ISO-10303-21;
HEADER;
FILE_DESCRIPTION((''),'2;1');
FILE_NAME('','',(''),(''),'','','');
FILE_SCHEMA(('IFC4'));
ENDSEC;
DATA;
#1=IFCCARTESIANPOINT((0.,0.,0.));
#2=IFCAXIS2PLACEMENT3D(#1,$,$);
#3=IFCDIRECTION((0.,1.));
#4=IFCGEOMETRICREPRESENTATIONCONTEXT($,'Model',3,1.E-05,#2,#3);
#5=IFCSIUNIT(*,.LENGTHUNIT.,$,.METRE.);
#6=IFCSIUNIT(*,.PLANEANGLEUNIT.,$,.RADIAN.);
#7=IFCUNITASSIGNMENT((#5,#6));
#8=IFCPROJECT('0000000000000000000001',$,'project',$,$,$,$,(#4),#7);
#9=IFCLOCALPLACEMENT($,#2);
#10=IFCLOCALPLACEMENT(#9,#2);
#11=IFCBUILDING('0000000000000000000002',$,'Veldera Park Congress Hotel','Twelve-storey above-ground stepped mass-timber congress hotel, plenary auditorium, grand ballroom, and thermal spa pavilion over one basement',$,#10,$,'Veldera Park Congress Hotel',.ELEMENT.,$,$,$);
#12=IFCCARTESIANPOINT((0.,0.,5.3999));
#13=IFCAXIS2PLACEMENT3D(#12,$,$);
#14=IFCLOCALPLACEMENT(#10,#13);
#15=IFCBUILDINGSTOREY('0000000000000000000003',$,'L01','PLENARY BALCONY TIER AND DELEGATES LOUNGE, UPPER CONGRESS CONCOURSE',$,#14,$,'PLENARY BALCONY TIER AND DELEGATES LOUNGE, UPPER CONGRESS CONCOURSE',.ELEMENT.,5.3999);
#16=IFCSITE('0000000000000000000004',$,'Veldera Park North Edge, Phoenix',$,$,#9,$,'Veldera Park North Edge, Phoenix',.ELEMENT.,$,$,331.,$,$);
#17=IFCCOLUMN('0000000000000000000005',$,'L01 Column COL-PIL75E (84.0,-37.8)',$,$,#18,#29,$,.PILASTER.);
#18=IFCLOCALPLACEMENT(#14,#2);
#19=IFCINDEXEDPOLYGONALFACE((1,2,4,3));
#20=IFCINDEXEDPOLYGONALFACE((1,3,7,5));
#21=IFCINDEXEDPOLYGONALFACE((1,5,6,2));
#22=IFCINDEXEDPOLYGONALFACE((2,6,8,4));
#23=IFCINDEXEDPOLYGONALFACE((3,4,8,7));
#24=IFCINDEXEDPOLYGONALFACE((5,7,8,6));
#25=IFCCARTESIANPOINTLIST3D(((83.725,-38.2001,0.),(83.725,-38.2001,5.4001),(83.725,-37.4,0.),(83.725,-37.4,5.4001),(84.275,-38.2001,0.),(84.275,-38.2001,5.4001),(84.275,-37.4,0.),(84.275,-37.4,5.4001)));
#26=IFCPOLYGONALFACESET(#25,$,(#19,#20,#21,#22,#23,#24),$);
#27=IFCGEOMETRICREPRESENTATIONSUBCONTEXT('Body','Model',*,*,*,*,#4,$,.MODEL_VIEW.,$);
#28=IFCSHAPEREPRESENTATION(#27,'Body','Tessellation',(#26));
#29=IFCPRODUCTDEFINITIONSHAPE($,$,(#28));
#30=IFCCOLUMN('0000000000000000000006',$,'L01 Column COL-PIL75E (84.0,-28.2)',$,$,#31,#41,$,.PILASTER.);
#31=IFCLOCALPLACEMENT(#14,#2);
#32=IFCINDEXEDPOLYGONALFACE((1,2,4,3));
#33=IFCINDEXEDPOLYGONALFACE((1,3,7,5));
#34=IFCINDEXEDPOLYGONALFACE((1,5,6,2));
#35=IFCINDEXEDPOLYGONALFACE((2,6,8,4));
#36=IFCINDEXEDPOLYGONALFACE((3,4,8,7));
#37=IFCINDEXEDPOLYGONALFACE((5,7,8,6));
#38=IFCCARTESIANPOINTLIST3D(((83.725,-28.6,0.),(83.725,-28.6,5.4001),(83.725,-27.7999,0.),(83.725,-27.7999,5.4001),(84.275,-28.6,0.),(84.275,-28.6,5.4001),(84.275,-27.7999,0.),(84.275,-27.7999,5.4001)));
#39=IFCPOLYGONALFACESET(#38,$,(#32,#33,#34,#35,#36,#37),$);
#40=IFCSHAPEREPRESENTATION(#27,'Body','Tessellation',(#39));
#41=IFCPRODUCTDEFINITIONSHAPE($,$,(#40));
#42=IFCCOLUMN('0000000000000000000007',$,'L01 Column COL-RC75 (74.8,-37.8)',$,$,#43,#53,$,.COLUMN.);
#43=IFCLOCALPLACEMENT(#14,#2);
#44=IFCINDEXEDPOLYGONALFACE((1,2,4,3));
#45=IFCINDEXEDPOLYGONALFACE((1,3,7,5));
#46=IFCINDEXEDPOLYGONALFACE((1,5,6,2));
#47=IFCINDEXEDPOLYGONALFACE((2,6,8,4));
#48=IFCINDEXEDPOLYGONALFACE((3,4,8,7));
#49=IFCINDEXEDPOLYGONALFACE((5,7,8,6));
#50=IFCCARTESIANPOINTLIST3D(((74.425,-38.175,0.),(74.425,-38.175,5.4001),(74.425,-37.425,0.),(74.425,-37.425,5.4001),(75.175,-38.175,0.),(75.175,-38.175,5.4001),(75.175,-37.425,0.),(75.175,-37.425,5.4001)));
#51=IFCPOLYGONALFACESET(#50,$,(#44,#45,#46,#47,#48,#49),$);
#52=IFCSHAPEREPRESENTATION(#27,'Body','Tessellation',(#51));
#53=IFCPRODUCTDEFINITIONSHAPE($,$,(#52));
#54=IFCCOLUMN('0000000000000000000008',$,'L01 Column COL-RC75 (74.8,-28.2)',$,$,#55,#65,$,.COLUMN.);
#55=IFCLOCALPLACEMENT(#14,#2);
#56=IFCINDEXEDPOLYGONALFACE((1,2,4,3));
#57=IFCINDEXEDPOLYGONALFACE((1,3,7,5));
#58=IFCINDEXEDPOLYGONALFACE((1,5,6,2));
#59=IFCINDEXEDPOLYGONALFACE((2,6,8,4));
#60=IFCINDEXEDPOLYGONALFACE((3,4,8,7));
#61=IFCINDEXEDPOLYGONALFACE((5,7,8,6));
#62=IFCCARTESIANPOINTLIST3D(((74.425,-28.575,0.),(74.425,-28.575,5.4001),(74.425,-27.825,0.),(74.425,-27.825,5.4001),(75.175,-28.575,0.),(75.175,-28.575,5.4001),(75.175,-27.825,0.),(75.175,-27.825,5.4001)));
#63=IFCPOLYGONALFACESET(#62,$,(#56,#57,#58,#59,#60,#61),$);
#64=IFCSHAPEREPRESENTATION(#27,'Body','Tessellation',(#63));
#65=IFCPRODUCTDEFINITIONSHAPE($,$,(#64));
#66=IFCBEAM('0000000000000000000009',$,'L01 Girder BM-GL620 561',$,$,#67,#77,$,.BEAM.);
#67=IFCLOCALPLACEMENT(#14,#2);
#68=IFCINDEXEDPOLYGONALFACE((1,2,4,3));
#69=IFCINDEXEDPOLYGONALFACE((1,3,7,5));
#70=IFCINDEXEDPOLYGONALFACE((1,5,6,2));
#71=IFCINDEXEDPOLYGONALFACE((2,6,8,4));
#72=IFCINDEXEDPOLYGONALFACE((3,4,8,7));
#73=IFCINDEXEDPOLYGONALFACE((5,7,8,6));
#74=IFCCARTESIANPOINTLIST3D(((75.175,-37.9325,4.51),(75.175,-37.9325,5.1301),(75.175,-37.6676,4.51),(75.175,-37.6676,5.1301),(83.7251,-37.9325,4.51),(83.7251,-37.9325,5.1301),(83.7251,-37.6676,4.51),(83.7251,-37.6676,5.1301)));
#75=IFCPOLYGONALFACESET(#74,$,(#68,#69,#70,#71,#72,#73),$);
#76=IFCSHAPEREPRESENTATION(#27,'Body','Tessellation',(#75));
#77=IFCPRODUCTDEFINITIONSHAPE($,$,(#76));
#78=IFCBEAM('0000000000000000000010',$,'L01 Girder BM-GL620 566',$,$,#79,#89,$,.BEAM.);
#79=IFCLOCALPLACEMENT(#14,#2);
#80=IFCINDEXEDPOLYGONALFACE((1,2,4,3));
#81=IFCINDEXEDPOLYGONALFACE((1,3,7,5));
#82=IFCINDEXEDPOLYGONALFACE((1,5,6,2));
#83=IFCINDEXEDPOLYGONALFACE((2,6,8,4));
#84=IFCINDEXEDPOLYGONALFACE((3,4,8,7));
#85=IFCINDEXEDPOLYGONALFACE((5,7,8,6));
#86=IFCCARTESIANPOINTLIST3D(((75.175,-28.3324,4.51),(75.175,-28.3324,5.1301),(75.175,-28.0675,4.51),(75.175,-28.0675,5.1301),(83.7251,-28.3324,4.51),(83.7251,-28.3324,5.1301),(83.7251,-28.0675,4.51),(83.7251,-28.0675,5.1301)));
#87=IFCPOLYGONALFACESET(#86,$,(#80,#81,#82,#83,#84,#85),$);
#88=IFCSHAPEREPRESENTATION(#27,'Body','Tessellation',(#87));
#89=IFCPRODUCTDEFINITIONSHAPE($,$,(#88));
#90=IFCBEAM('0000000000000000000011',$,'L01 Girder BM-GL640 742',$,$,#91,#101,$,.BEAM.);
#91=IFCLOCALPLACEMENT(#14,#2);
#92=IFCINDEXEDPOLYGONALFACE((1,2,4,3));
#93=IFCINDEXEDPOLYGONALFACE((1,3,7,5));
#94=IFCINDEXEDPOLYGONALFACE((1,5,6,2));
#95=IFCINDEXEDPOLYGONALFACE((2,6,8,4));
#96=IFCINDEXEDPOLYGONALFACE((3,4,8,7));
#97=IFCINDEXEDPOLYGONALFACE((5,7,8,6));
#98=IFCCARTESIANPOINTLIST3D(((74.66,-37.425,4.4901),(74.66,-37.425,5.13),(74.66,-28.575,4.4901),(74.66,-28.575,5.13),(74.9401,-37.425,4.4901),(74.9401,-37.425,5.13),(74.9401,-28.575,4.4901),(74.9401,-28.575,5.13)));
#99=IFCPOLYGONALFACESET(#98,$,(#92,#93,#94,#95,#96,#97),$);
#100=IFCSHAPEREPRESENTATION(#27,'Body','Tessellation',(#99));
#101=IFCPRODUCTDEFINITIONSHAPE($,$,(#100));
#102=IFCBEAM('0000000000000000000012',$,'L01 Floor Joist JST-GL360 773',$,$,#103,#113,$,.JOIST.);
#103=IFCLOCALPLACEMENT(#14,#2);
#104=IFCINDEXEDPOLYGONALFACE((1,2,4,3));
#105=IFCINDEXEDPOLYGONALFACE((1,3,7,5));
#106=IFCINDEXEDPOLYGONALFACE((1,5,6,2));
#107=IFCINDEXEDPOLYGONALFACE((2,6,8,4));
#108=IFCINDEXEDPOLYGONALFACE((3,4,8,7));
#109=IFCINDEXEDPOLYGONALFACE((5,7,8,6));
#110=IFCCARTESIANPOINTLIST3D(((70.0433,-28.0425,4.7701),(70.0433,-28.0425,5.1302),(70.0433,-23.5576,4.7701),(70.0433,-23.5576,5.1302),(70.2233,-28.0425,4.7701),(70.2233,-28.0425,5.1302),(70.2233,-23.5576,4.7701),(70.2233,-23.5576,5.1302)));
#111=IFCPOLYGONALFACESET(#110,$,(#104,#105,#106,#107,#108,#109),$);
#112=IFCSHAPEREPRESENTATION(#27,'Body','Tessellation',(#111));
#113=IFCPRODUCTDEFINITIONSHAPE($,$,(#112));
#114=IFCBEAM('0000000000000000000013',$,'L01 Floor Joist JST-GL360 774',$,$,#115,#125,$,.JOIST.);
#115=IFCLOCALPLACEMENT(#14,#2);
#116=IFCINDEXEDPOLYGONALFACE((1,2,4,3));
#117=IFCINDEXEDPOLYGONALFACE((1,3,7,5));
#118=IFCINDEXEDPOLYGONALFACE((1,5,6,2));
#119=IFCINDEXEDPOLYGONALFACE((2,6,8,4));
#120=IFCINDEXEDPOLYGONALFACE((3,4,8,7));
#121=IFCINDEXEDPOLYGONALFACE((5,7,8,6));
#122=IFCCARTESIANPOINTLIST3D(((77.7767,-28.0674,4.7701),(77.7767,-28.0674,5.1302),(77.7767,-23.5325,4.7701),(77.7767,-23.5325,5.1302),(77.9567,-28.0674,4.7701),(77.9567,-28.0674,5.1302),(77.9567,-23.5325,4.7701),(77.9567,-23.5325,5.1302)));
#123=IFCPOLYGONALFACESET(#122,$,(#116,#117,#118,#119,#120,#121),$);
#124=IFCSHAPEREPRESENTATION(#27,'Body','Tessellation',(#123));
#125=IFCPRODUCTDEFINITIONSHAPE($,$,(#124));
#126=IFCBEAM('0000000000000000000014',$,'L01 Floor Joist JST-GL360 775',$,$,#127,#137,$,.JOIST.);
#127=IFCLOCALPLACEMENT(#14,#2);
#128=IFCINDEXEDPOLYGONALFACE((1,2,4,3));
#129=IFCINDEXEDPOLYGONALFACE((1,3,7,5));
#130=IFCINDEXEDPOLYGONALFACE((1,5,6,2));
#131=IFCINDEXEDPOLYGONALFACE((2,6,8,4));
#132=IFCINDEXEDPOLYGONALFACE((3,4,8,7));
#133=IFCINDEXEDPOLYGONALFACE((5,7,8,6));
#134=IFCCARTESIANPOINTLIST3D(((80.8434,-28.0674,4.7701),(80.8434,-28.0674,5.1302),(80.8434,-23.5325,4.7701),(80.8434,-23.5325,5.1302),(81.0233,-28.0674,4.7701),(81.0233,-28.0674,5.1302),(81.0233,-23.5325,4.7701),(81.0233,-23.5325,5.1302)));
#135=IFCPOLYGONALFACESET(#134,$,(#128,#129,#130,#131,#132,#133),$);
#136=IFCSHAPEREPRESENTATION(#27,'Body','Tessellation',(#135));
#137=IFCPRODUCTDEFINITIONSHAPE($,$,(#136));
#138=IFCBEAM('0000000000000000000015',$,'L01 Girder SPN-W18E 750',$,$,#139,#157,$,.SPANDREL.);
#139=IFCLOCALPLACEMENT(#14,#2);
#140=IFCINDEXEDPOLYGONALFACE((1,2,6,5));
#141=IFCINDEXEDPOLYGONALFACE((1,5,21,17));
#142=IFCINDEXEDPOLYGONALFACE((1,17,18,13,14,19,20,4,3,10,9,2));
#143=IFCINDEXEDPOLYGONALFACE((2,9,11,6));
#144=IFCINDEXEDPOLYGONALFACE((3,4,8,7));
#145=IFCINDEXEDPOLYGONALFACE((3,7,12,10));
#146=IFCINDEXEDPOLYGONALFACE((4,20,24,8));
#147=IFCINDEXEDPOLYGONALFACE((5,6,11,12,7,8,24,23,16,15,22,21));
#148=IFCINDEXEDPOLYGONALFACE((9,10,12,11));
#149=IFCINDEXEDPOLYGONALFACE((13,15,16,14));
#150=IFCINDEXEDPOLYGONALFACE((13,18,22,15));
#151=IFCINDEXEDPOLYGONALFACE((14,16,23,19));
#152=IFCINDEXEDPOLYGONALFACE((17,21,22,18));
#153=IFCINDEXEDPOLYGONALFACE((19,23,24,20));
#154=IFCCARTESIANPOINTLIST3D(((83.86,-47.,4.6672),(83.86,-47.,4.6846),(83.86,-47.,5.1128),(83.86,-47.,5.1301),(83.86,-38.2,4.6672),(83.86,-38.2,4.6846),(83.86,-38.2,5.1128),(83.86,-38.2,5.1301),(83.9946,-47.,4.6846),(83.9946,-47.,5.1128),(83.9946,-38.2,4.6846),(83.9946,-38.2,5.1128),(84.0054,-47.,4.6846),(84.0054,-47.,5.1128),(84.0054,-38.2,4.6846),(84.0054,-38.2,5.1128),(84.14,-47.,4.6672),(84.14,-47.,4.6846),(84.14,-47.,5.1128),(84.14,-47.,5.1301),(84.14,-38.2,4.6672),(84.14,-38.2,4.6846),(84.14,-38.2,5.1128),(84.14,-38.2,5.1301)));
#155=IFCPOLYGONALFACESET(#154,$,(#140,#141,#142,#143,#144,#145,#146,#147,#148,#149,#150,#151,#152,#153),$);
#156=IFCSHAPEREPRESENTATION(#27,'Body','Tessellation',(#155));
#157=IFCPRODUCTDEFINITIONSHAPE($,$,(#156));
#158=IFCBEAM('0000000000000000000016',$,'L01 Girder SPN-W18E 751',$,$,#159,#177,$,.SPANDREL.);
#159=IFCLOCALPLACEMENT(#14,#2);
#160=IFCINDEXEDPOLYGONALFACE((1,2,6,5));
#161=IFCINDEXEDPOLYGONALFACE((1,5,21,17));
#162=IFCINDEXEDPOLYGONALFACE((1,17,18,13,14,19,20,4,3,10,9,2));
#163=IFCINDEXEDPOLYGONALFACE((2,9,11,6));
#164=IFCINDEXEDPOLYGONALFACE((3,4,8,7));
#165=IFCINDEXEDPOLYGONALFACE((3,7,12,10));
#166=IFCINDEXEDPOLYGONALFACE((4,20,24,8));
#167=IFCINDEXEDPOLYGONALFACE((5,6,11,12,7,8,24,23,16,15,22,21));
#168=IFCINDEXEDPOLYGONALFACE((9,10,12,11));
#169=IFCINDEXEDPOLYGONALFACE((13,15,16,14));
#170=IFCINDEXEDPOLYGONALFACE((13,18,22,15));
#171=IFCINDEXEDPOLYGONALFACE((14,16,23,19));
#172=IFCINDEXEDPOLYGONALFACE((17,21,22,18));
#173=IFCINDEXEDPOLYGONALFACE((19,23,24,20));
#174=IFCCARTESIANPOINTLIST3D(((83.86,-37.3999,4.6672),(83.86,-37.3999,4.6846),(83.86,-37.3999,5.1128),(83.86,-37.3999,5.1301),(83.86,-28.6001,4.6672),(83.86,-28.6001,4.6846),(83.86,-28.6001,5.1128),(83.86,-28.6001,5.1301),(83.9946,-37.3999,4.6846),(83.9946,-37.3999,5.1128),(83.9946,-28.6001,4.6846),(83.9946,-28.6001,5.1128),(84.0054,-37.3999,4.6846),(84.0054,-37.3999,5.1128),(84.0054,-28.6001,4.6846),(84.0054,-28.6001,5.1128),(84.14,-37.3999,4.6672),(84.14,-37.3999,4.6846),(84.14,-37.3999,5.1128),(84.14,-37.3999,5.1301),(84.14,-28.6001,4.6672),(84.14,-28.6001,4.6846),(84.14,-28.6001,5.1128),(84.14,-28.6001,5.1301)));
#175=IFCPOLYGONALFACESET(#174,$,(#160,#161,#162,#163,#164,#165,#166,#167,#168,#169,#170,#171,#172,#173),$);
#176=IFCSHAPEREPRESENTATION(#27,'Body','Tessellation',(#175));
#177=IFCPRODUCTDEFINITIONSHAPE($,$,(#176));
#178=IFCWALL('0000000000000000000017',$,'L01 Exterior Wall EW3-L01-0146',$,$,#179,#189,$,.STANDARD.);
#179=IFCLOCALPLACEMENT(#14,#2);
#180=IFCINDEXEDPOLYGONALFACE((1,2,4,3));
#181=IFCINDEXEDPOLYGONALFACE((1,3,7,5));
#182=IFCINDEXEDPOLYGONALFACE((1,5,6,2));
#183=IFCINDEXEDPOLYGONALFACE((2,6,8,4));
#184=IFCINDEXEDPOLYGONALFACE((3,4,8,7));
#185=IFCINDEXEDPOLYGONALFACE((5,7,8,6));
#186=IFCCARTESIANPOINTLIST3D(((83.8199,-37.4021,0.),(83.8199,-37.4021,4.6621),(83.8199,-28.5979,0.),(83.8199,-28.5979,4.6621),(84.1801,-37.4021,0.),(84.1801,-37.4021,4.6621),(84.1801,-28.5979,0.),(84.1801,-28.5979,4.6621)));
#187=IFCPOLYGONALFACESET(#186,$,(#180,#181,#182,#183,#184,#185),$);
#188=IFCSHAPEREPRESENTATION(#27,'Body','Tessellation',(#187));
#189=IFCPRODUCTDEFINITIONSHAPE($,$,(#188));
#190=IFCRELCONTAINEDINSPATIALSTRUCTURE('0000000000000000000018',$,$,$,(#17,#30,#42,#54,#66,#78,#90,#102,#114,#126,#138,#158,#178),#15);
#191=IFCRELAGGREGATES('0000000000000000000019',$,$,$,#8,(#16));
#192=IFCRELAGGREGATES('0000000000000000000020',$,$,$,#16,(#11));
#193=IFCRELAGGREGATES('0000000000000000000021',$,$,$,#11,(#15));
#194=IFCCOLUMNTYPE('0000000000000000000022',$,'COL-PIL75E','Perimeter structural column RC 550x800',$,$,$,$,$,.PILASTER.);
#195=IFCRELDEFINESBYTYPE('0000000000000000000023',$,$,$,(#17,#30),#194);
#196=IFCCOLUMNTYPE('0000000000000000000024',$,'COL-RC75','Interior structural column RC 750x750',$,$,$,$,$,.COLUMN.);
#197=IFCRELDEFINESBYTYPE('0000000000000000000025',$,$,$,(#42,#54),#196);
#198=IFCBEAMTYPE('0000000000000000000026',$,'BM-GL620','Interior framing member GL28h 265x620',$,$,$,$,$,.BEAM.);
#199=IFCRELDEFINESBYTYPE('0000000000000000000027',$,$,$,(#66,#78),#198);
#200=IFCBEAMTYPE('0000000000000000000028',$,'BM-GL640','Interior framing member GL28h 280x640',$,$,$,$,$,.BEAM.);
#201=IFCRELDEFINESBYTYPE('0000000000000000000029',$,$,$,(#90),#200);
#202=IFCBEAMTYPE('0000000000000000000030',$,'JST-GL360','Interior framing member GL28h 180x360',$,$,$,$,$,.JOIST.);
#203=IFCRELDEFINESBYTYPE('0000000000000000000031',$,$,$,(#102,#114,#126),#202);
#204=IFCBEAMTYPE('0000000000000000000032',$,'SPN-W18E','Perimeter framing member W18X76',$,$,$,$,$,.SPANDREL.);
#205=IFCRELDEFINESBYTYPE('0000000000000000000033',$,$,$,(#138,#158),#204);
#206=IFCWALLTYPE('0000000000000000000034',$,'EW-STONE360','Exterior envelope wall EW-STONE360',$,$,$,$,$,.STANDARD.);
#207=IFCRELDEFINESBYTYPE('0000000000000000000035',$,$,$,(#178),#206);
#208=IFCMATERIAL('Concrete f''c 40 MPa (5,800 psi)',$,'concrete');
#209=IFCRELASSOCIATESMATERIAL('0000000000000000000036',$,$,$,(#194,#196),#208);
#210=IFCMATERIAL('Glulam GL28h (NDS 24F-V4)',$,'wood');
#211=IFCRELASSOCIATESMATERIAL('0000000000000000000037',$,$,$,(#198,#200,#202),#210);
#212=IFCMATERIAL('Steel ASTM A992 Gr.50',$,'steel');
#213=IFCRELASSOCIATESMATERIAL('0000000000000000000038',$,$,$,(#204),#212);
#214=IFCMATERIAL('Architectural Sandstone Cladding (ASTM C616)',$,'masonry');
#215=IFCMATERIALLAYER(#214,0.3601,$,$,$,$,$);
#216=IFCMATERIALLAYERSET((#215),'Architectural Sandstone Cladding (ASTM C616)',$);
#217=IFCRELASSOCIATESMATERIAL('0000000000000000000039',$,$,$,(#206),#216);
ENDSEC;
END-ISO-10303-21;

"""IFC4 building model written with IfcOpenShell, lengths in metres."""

from ifc_helpers import new_model, si_unit, direction, frame, frame_2d, origin, origin_2d, place, context, subcontext, project, spatial, rectangle, i_section, extrude, material, layer, layer_set, material_profile, profile_set, type_object, element, save


model = new_model("IFC4")

# Units and contexts
model_context = context("Model", 3, precision=1e-05, world=origin(), true_north=direction((0.0, 1.0)))
body_context = subcontext(model_context, "Body", "Model", "MODEL_VIEW")
ifc_project = project(units=[si_unit("LENGTHUNIT", "METRE"), si_unit("PLANEANGLEUNIT", "RADIAN")], contexts=[model_context])

# Site, building, storey
site_placement = place(None, origin())
site = spatial("IfcSite", under=ifc_project, at=site_placement, Name="Veldera Park North Edge, Phoenix", LongName="Veldera Park North Edge, Phoenix", CompositionType="ELEMENT", RefElevation=331.0)
building_placement = place(site_placement, origin())
building = spatial("IfcBuilding", under=site, at=building_placement, Name="Veldera Park Congress Hotel", Description="Twelve-storey above-ground stepped mass-timber congress hotel, plenary auditorium, grand ballroom, and thermal spa pavilion over one basement", LongName="Veldera Park Congress Hotel", CompositionType="ELEMENT")
storey_placement = place(building_placement, frame((0.0, 0.0, 5.3999)))
storey = spatial("IfcBuildingStorey", under=building, at=storey_placement, Name="L01", Description="PLENARY BALCONY TIER AND DELEGATES LOUNGE, UPPER CONGRESS CONCOURSE", LongName="PLENARY BALCONY TIER AND DELEGATES LOUNGE, UPPER CONGRESS CONCOURSE", CompositionType="ELEMENT", Elevation=5.3999)

# Columns
ifc_material_1 = material(Name="Concrete f'c 40 MPa (5,800 psi)", Category="concrete")
ifc_material_profile_1 = material_profile(ifc_material_1, rectangle(XDim=0.55, YDim=0.8, at=origin_2d()), Name="RC 550x800")
ifc_profile_set_1 = profile_set([ifc_material_profile_1], Name="Concrete f'c 40 MPa (5,800 psi)")
column_type_1 = type_object("IfcColumnType", Name="COL-PIL75E", Description="Perimeter structural column RC 550x800", PredefinedType="PILASTER", material=ifc_profile_set_1)
for number, where, z_axis, x_axis, name in (
    (1, (84.0, -37.8, 0.0), (0.0, 0.0, 1.0), (1.0, 0.0, 0.0), "L01 Column COL-PIL75E (84.0,-37.8)"),
    (2, (84.0, -28.2, 0.0), (0.0, 0.0, 1.0), (1.0, 0.0, 0.0), "L01 Column COL-PIL75E (84.0,-28.2)"),
):
    element("IfcColumn", number, at=place(storey_placement, frame(where, z_axis=z_axis, x_axis=x_axis)), inside=storey, type_object=column_type_1, Name=name, PredefinedType="PILASTER", context=body_context, shape_type="SweptSolid", body=[
        extrude(rectangle(XDim=0.55, YDim=0.8, at=origin_2d()), origin(), (0.0, 0.0, 1.0), 5.4001),
    ])
ifc_material_profile_2 = material_profile(ifc_material_1, rectangle(XDim=0.75, YDim=0.75, at=origin_2d()), Name="RC 750x750")
ifc_profile_set_2 = profile_set([ifc_material_profile_2], Name="Concrete f'c 40 MPa (5,800 psi)")
column_type_2 = type_object("IfcColumnType", Name="COL-RC75", Description="Interior structural column RC 750x750", PredefinedType="COLUMN", material=ifc_profile_set_2)
for number, where, z_axis, x_axis, name in (
    (3, (74.8, -37.8, 0.0), (0.0, 0.0, 1.0), (1.0, 0.0, 0.0), "L01 Column COL-RC75 (74.8,-37.8)"),
    (4, (74.8, -28.2, 0.0), (0.0, 0.0, 1.0), (1.0, 0.0, 0.0), "L01 Column COL-RC75 (74.8,-28.2)"),
):
    element("IfcColumn", number, at=place(storey_placement, frame(where, z_axis=z_axis, x_axis=x_axis)), inside=storey, type_object=column_type_2, Name=name, PredefinedType="COLUMN", context=body_context, shape_type="SweptSolid", body=[
        extrude(rectangle(XDim=0.75, YDim=0.75, at=origin_2d()), origin(), (0.0, 0.0, 1.0), 5.4001),
    ])

# Beams
ifc_material_2 = material(Name="Glulam GL28h (NDS 24F-V4)", Category="wood")
ifc_material_profile_3 = material_profile(ifc_material_2, rectangle(XDim=0.2649, YDim=0.6201, at=origin_2d()), Name="GL28h 265x620")
ifc_profile_set_3 = profile_set([ifc_material_profile_3], Name="Glulam GL28h (NDS 24F-V4)")
beam_type_1 = type_object("IfcBeamType", Name="BM-GL620", Description="Interior framing member GL28h 265x620", PredefinedType="BEAM", material=ifc_profile_set_3)
for number, where, z_axis, x_axis, name in (
    (5, (75.175, -37.8, 4.8201), (1.0, 0.0, 0.0), (0.0, 1.0, 0.0), "L01 Girder BM-GL620 561"),
    (6, (75.175, -28.2, 4.8201), (1.0, 0.0, 0.0), (0.0, 1.0, 0.0), "L01 Girder BM-GL620 566"),
):
    element("IfcBeam", number, at=place(storey_placement, frame(where, z_axis=z_axis, x_axis=x_axis)), inside=storey, type_object=beam_type_1, Name=name, PredefinedType="BEAM", context=body_context, shape_type="SweptSolid", body=[
        extrude(rectangle(XDim=0.2649, YDim=0.6201, at=origin_2d()), origin(), (0.0, 0.0, 1.0), 8.55),
    ])
ifc_material_profile_4 = material_profile(ifc_material_2, rectangle(XDim=0.28, YDim=0.6399, at=origin_2d()), Name="GL28h 280x640")
ifc_profile_set_4 = profile_set([ifc_material_profile_4], Name="Glulam GL28h (NDS 24F-V4)")
beam_type_2 = type_object("IfcBeamType", Name="BM-GL640", Description="Interior framing member GL28h 280x640", PredefinedType="BEAM", material=ifc_profile_set_4)
beam_1_placement = place(storey_placement, frame((74.8, -37.425, 4.8101), z_axis=(0.0, 1.0, 0.0), x_axis=(-1.0, 0.0, 0.0)))
element("IfcBeam", 7, at=beam_1_placement, inside=storey, type_object=beam_type_2, Name="L01 Girder BM-GL640 742", PredefinedType="BEAM", context=body_context, shape_type="SweptSolid", body=[
    extrude(rectangle(XDim=0.28, YDim=0.6399, at=origin_2d()), origin(), (0.0, 0.0, 1.0), 8.8501),
])
ifc_material_profile_5 = material_profile(ifc_material_2, rectangle(XDim=0.1799, YDim=0.3601, at=origin_2d()), Name="GL28h 180x360")
ifc_profile_set_5 = profile_set([ifc_material_profile_5], Name="Glulam GL28h (NDS 24F-V4)")
beam_type_3 = type_object("IfcBeamType", Name="JST-GL360", Description="Interior framing member GL28h 180x360", PredefinedType="JOIST", material=ifc_profile_set_5)
beam_2_placement = place(storey_placement, frame((70.1333, -28.0425, 4.9502), z_axis=(0.0, 1.0, 0.0), x_axis=(-1.0, 0.0, 0.0)))
element("IfcBeam", 8, at=beam_2_placement, inside=storey, type_object=beam_type_3, Name="L01 Floor Joist JST-GL360 773", PredefinedType="JOIST", context=body_context, shape_type="SweptSolid", body=[
    extrude(rectangle(XDim=0.1799, YDim=0.3601, at=origin_2d()), origin(), (0.0, 0.0, 1.0), 4.4849),
])
for number, where, z_axis, x_axis, name in (
    (9, (77.8667, -28.0674, 4.9502), (0.0, 1.0, 0.0), (-1.0, 0.0, 0.0), "L01 Floor Joist JST-GL360 774"),
    (10, (80.9333, -28.0674, 4.9502), (0.0, 1.0, 0.0), (-1.0, 0.0, 0.0), "L01 Floor Joist JST-GL360 775"),
):
    element("IfcBeam", number, at=place(storey_placement, frame(where, z_axis=z_axis, x_axis=x_axis)), inside=storey, type_object=beam_type_3, Name=name, PredefinedType="JOIST", context=body_context, shape_type="SweptSolid", body=[
        extrude(rectangle(XDim=0.1799, YDim=0.3601, at=origin_2d()), origin(), (0.0, 0.0, 1.0), 4.5349),
    ])
ifc_material_3 = material(Name="Steel ASTM A992 Gr.50", Category="steel")
ifc_material_profile_6 = material_profile(ifc_material_3, i_section(OverallWidth=0.28, OverallDepth=0.4629, WebThickness=0.0107, FlangeThickness=0.0173, at=origin_2d()), Name="W18X76")
ifc_profile_set_6 = profile_set([ifc_material_profile_6], Name="Steel ASTM A992 Gr.50")
beam_type_4 = type_object("IfcBeamType", Name="SPN-W18E", Description="Perimeter framing member W18X76", PredefinedType="SPANDREL", material=ifc_profile_set_6)
beam_3_placement = place(storey_placement, frame((84.0, -47.0, 4.8987), z_axis=(0.0, 1.0, 0.0), x_axis=(-1.0, 0.0, 0.0)))
element("IfcBeam", 11, at=beam_3_placement, inside=storey, type_object=beam_type_4, Name="L01 Girder SPN-W18E 750", PredefinedType="SPANDREL", context=body_context, shape_type="SweptSolid", body=[
    extrude(i_section(OverallWidth=0.28, OverallDepth=0.4629, WebThickness=0.0107, FlangeThickness=0.0173, at=origin_2d()), origin(), (0.0, 0.0, 1.0), 8.8),
])
beam_4_placement = place(storey_placement, frame((84.0, -37.3999, 4.8987), z_axis=(0.0, 1.0, 0.0), x_axis=(-1.0, 0.0, 0.0)))
element("IfcBeam", 12, at=beam_4_placement, inside=storey, type_object=beam_type_4, Name="L01 Girder SPN-W18E 751", PredefinedType="SPANDREL", context=body_context, shape_type="SweptSolid", body=[
    extrude(i_section(OverallWidth=0.28, OverallDepth=0.4629, WebThickness=0.0107, FlangeThickness=0.0173, at=origin_2d()), origin(), (0.0, 0.0, 1.0), 8.7998),
])

# Wall
ifc_material_4 = material(Name="Architectural Sandstone Cladding (ASTM C616)", Category="masonry")
ifc_layer_1 = layer(ifc_material_4, 0.3601)
ifc_layer_set_1 = layer_set([ifc_layer_1], Name="Architectural Sandstone Cladding (ASTM C616)")
wall_type_1 = type_object("IfcWallType", Name="EW-STONE360", Description="Exterior envelope wall EW-STONE360", PredefinedType="STANDARD", material=ifc_layer_set_1)
wall_1_placement = place(storey_placement, frame((84.0, -37.4021, 0.0), z_axis=(0.0, 0.0, 1.0), x_axis=(0.0, 1.0, 0.0)))
element("IfcWall", 13, at=wall_1_placement, inside=storey, type_object=wall_type_1, Name="L01 Exterior Wall EW3-L01-0146", PredefinedType="STANDARD", context=body_context, shape_type="SweptSolid", body=[
    extrude(rectangle(XDim=8.8042, YDim=0.3601, at=frame_2d((4.4021, 0.0))), origin(), (0.0, 0.0, 1.0), 4.6621),
])

save(model, "model.ifc")
